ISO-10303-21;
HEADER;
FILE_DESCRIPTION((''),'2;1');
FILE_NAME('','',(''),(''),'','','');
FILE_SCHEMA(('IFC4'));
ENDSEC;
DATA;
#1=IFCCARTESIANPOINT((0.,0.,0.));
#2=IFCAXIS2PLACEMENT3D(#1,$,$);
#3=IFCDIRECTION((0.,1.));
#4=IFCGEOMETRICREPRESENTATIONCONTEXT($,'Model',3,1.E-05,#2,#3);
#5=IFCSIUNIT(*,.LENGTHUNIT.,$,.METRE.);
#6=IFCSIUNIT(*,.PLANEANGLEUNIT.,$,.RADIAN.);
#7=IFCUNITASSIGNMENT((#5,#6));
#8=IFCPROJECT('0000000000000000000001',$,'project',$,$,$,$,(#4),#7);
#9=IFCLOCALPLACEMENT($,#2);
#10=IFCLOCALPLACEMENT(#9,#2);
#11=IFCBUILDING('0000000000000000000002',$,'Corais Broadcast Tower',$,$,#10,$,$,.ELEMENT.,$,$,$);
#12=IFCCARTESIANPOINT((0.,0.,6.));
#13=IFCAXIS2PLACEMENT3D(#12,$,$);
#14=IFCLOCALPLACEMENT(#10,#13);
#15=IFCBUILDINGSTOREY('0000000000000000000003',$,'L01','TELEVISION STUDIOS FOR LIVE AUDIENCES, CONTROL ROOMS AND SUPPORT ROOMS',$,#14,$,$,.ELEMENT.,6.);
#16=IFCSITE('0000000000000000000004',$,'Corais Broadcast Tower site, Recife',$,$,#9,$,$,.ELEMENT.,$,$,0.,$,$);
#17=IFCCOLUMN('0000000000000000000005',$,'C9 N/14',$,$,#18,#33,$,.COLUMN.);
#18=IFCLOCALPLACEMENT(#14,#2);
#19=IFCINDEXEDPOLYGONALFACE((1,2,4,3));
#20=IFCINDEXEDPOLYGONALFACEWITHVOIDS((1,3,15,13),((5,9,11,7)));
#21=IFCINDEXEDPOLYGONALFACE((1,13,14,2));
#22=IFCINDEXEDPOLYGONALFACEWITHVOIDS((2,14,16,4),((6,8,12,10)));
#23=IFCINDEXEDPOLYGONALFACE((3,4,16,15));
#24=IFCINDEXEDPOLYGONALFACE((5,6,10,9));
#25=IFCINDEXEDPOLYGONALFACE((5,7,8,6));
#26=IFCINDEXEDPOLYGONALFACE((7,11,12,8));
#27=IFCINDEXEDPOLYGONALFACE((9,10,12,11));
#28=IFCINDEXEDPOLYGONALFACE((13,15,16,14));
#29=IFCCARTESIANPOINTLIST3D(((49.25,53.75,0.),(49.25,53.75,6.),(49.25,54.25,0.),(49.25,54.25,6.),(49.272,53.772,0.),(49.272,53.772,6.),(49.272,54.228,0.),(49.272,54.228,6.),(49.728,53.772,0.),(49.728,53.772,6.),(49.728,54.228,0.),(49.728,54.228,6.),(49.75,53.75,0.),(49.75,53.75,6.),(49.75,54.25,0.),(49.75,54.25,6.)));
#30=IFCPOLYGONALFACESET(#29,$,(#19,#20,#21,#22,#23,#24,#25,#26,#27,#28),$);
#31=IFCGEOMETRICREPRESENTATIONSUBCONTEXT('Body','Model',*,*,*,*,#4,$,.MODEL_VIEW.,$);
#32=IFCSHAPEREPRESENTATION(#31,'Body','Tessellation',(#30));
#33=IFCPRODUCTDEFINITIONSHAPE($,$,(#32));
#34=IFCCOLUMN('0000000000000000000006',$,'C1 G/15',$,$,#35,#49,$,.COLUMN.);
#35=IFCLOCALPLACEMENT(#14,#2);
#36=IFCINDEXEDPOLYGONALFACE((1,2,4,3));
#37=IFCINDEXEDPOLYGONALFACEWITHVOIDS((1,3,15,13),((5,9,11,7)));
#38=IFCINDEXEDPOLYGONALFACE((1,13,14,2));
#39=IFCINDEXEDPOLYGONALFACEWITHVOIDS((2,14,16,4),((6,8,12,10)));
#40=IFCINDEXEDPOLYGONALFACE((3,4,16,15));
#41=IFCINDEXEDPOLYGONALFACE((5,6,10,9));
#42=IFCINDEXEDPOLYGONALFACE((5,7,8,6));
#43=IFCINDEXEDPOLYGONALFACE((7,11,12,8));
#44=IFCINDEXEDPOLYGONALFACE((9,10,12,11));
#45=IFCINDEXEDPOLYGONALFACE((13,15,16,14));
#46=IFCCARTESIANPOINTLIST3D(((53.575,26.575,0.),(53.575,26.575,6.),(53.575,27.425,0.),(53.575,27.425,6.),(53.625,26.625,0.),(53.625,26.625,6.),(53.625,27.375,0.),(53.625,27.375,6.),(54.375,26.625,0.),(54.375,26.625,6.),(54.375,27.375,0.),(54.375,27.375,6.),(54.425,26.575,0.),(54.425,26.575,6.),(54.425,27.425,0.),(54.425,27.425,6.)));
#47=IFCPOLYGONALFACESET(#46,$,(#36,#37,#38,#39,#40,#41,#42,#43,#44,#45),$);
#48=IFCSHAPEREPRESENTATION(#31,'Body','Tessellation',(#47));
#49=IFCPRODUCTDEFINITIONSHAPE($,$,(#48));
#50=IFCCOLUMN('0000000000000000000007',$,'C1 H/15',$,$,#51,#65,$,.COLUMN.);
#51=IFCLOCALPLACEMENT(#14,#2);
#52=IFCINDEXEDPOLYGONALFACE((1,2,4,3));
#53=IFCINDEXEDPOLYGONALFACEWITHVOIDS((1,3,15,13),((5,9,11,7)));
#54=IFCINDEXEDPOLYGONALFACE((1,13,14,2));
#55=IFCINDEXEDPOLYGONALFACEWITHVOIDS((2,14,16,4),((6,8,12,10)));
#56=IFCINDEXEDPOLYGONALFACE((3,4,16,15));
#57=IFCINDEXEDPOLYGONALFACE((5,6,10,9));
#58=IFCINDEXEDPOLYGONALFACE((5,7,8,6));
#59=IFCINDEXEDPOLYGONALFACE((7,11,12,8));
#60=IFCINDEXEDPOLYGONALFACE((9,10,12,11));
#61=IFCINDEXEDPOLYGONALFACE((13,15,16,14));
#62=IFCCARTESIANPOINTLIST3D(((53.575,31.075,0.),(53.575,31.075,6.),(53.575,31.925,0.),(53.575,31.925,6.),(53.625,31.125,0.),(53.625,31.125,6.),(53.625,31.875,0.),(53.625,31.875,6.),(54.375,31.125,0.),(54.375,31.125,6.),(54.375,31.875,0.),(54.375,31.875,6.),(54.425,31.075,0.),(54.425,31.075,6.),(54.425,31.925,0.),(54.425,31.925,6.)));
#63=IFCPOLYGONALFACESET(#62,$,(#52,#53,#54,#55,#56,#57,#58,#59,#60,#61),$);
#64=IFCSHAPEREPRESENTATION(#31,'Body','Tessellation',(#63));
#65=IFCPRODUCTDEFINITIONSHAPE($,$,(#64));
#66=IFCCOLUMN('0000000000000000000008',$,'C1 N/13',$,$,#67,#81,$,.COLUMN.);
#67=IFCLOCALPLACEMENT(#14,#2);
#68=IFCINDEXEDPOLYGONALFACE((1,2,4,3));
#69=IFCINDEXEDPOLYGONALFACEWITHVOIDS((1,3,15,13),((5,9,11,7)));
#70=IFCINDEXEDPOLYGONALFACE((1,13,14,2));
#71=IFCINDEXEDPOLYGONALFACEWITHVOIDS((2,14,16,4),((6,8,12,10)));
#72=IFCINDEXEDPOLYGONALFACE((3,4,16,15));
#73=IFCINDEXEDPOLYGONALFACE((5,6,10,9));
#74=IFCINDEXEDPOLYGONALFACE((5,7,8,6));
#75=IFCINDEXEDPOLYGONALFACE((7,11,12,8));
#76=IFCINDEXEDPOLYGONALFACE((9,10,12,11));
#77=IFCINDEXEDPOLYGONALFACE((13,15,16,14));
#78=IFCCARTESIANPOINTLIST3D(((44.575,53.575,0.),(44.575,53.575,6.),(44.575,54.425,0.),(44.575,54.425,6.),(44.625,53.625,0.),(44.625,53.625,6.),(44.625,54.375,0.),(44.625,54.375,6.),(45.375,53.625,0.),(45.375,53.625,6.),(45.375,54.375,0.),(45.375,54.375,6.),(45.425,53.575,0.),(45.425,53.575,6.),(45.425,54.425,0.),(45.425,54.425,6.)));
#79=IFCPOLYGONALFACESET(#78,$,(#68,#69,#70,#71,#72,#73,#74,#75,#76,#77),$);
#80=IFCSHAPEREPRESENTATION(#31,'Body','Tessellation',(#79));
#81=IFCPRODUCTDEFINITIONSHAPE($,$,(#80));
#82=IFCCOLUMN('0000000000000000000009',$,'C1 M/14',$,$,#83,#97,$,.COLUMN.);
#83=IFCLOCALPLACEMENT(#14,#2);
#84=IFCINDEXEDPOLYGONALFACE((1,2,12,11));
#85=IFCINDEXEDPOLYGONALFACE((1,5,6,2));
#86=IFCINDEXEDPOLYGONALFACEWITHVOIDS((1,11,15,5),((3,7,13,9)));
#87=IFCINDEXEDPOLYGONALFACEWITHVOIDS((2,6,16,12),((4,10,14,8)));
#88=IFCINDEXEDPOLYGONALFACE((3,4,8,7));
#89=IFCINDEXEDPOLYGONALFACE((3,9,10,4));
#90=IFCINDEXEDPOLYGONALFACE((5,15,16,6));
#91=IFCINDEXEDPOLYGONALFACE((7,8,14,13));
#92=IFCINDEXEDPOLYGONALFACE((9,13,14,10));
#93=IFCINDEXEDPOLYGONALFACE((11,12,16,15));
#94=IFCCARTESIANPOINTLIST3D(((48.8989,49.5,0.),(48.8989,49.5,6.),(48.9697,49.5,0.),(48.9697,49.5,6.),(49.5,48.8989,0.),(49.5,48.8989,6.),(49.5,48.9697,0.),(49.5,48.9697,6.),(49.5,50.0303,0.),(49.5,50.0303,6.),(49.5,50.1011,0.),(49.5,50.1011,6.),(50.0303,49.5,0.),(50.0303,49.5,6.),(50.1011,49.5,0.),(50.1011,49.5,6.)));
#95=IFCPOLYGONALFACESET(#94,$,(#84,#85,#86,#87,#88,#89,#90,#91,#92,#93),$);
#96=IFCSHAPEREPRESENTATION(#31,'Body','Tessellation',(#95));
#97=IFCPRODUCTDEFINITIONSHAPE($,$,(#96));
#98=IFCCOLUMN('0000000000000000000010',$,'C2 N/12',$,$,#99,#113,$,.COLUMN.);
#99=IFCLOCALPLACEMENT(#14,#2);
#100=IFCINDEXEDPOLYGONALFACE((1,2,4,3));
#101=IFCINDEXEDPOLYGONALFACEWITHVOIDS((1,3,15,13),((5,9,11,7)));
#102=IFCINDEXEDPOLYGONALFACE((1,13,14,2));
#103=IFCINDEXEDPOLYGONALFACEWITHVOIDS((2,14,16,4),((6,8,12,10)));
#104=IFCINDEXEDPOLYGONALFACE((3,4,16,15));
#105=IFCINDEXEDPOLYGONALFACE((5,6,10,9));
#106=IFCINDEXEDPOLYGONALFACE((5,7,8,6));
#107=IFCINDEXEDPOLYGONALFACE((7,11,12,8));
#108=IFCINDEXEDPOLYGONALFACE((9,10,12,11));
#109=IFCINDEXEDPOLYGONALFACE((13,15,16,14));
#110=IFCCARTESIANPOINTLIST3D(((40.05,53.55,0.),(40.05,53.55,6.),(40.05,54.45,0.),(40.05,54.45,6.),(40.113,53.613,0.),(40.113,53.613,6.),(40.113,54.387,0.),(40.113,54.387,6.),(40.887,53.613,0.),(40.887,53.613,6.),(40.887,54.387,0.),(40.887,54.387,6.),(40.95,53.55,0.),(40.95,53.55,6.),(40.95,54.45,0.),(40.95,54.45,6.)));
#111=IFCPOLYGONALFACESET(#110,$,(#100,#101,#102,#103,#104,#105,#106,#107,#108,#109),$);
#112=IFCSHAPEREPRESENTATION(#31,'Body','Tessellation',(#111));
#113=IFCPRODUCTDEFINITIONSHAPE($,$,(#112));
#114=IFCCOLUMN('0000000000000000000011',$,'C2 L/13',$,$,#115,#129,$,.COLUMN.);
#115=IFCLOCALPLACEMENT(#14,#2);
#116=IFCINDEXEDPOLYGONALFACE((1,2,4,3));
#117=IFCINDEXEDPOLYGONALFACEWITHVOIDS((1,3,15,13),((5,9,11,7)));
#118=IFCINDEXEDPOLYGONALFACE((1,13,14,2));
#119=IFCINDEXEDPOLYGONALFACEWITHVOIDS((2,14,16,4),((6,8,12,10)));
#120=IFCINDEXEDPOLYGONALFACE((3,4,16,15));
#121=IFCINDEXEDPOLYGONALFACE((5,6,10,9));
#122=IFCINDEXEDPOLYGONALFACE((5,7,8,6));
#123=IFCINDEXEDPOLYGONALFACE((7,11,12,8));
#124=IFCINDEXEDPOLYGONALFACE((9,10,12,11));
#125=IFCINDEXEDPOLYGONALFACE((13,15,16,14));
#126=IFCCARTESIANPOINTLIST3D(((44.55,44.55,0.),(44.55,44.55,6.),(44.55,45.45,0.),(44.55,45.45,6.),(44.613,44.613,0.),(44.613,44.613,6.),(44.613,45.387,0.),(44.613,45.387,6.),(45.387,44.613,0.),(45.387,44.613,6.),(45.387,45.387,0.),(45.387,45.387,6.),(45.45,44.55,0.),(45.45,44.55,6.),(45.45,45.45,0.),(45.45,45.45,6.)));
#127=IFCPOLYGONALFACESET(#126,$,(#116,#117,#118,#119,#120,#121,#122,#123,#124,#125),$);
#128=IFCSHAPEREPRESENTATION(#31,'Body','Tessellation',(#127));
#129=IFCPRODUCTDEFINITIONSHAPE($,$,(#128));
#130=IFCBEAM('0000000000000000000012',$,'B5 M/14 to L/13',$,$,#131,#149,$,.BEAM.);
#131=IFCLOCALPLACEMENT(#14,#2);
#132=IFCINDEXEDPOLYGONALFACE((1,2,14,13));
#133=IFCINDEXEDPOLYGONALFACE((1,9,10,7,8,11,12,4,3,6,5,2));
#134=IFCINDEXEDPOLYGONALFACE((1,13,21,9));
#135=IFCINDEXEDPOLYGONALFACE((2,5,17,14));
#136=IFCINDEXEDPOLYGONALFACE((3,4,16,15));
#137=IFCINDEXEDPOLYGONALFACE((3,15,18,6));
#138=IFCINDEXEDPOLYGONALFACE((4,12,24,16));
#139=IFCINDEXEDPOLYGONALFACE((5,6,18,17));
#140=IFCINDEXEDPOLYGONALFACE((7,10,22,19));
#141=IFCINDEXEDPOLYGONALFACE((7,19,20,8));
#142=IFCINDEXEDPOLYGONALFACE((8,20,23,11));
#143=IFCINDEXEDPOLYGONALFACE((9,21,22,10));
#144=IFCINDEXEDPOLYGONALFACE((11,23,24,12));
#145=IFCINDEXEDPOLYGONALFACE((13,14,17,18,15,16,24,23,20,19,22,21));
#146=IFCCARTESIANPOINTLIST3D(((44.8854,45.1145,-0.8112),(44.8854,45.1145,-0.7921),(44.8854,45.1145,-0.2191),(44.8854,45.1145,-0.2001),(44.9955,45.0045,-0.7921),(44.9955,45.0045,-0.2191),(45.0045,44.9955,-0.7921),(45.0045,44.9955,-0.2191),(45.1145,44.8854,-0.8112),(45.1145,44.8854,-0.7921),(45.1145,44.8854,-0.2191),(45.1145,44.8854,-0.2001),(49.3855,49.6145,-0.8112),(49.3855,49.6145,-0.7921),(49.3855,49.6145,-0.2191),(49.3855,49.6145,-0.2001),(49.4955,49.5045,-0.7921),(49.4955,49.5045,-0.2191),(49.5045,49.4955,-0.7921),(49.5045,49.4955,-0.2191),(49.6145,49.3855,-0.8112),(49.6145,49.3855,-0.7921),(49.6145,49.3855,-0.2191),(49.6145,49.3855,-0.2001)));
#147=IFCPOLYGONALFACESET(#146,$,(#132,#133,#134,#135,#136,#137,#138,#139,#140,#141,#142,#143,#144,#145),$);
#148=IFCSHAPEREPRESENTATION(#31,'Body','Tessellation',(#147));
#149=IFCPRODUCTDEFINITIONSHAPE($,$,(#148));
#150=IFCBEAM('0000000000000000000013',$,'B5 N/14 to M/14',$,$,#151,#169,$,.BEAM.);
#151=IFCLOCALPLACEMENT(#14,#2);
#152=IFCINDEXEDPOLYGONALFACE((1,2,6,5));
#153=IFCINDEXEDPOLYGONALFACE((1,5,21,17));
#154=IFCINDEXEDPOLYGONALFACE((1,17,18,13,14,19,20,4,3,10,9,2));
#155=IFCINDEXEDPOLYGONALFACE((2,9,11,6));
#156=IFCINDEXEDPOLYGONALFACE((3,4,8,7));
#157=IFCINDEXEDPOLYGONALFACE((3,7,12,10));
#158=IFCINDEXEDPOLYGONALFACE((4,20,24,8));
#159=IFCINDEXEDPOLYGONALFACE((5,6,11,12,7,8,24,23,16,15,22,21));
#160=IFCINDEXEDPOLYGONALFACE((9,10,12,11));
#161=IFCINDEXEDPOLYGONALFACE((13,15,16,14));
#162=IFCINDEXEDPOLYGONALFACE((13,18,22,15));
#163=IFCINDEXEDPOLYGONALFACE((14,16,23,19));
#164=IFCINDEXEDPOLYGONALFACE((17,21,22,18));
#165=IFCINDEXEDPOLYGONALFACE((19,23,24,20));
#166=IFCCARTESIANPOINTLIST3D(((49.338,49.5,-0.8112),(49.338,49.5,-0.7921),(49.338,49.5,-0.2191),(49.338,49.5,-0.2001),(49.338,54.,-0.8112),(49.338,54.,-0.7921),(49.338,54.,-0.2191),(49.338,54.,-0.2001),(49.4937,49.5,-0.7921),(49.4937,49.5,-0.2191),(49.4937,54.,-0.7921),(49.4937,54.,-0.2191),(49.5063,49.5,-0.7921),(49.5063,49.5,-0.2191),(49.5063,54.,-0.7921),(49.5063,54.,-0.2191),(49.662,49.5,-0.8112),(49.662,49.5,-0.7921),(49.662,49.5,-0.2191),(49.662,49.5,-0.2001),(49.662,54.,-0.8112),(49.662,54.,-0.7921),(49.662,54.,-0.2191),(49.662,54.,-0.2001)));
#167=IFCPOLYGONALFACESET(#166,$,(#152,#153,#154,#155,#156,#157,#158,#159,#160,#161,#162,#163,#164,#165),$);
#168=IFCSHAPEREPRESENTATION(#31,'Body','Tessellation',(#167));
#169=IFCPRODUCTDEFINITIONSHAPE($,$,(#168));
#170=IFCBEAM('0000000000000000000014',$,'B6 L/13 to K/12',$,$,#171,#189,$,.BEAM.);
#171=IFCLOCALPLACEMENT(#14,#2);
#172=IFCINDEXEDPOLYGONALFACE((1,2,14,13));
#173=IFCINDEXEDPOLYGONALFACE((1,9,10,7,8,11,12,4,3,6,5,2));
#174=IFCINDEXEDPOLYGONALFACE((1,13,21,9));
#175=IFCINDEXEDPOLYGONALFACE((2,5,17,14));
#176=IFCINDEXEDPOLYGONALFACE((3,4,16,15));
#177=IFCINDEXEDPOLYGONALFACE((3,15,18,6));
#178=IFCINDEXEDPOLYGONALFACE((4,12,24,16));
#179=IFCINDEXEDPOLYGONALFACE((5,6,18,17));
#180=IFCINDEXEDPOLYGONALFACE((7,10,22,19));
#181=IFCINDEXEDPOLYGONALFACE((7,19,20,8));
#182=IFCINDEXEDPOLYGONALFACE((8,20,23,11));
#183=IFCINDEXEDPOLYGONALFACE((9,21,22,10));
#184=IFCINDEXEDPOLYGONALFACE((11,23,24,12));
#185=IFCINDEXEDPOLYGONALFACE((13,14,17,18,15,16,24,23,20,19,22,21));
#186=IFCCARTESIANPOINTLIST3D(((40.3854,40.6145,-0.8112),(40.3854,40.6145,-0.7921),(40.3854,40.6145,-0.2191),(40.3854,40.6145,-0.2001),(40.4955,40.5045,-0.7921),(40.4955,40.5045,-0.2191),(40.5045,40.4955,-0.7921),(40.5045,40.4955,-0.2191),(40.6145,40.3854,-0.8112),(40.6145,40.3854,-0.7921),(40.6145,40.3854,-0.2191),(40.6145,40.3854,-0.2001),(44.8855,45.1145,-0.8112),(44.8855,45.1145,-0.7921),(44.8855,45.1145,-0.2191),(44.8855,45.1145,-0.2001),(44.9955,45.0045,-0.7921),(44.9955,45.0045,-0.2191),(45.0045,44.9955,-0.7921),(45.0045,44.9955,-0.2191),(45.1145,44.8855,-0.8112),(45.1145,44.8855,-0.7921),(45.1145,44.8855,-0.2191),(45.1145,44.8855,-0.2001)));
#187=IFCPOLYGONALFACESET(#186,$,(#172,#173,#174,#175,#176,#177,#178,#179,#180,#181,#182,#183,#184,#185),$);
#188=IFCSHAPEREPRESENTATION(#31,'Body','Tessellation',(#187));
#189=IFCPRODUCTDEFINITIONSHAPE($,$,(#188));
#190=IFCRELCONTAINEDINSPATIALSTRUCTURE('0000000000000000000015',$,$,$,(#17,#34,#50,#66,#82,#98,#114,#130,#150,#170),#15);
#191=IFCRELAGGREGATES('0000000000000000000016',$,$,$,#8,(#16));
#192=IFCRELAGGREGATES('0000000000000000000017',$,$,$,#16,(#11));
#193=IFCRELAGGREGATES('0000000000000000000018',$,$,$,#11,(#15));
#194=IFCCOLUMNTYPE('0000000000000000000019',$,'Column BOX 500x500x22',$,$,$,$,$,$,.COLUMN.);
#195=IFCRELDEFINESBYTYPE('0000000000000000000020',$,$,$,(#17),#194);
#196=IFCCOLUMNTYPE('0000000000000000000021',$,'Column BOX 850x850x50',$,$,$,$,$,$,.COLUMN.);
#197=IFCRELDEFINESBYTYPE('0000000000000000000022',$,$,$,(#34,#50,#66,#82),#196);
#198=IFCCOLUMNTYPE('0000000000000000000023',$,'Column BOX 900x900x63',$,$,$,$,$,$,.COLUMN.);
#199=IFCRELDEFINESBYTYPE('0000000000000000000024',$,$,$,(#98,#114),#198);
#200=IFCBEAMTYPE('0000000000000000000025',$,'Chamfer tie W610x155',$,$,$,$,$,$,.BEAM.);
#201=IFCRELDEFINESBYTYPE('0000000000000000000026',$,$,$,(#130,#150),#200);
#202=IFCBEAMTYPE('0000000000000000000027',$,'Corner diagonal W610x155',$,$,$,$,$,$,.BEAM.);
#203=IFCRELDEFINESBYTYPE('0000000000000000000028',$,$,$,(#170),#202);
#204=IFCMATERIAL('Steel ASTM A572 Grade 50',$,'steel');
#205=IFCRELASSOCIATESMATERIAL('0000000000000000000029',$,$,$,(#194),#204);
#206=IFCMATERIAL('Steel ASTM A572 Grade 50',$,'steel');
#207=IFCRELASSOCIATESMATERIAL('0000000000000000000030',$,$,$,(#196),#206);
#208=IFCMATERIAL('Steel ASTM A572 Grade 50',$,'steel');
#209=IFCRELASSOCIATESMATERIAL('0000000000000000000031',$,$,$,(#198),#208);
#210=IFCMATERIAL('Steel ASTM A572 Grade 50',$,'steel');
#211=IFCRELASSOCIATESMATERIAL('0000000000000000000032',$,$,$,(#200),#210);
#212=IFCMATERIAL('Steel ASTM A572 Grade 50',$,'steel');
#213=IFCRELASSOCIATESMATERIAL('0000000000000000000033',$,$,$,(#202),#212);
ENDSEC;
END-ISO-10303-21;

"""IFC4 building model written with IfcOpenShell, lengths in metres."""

from ifc_helpers import new_model, si_unit, direction, frame, origin, origin_2d, place, context, subcontext, project, spatial, hollow_rectangle, i_section, extrude, material, material_profile, profile_set, type_object, element, save


model = new_model("IFC4")

# Units and contexts
model_context = context("Model", 3, precision=1e-05, world=origin(), true_north=direction((0.0, 1.0)))
body_context = subcontext(model_context, "Body", "Model", "MODEL_VIEW")
ifc_project = project(units=[si_unit("LENGTHUNIT", "METRE"), si_unit("PLANEANGLEUNIT", "RADIAN")], contexts=[model_context])

# Site, building, storey
site_placement = place(None, origin())
site = spatial("IfcSite", under=ifc_project, at=site_placement, Name="Corais Broadcast Tower site, Recife", CompositionType="ELEMENT", RefElevation=0.0)
building_placement = place(site_placement, origin())
building = spatial("IfcBuilding", under=site, at=building_placement, Name="Corais Broadcast Tower", CompositionType="ELEMENT")
storey_placement = place(building_placement, frame((0.0, 0.0, 6.0)))
storey = spatial("IfcBuildingStorey", under=building, at=storey_placement, Name="L01", Description="TELEVISION STUDIOS FOR LIVE AUDIENCES, CONTROL ROOMS AND SUPPORT ROOMS", CompositionType="ELEMENT", Elevation=6.0)

# Columns
ifc_material_1 = material(Name="Steel ASTM A572 Grade 50", Category="steel")
ifc_material_profile_1 = material_profile(ifc_material_1, hollow_rectangle(XDim=0.5, YDim=0.5, WallThickness=0.022, at=origin_2d()), Name="BOX 500x500x22")
ifc_profile_set_1 = profile_set([ifc_material_profile_1], Name="Steel ASTM A572 Grade 50")
column_type_1 = type_object("IfcColumnType", Name="Column BOX 500x500x22", PredefinedType="COLUMN", material=ifc_profile_set_1)
column_placement = place(storey_placement, frame((49.5, 54.0, 0.0), z_axis=(0.0, 0.0, 1.0), x_axis=(1.0, 0.0, 0.0)))
element("IfcColumn", 1, at=column_placement, inside=storey, type_object=column_type_1, Name="C9 N/14", PredefinedType="COLUMN", context=body_context, shape_type="SweptSolid", body=[
    extrude(hollow_rectangle(XDim=0.5, YDim=0.5, WallThickness=0.022, at=origin_2d()), origin(), (0.0, 0.0, 1.0), 6.0),
])
ifc_material_2 = material(Name="Steel ASTM A572 Grade 50", Category="steel")
ifc_material_profile_2 = material_profile(ifc_material_2, hollow_rectangle(XDim=0.8501, YDim=0.8501, WallThickness=0.05, at=origin_2d()), Name="BOX 850x850x50")
ifc_profile_set_2 = profile_set([ifc_material_profile_2], Name="Steel ASTM A572 Grade 50")
column_type_2 = type_object("IfcColumnType", Name="Column BOX 850x850x50", PredefinedType="COLUMN", material=ifc_profile_set_2)
for number, where, z_axis, x_axis, name in (
    (2, (54.0, 27.0, 0.0), (0.0, 0.0, 1.0), (1.0, 0.0, 0.0), "C1 G/15"),
    (3, (54.0, 31.5, 0.0), (0.0, 0.0, 1.0), (1.0, 0.0, 0.0), "C1 H/15"),
    (4, (45.0, 54.0, 0.0), (0.0, 0.0, 1.0), (1.0, 0.0, 0.0), "C1 N/13"),
    (5, (49.5, 49.5, 0.0), (0.0, 0.0, 1.0), (0.707107, 0.707107, 0.0), "C1 M/14"),
):
    element("IfcColumn", number, at=place(storey_placement, frame(where, z_axis=z_axis, x_axis=x_axis)), inside=storey, type_object=column_type_2, Name=name, PredefinedType="COLUMN", context=body_context, shape_type="SweptSolid", body=[
        extrude(hollow_rectangle(XDim=0.8501, YDim=0.8501, WallThickness=0.05, at=origin_2d()), origin(), (0.0, 0.0, 1.0), 6.0),
    ])
ifc_material_3 = material(Name="Steel ASTM A572 Grade 50", Category="steel")
ifc_material_profile_3 = material_profile(ifc_material_3, hollow_rectangle(XDim=0.8999, YDim=0.8999, WallThickness=0.063, at=origin_2d()), Name="BOX 900x900x63")
ifc_profile_set_3 = profile_set([ifc_material_profile_3], Name="Steel ASTM A572 Grade 50")
column_type_3 = type_object("IfcColumnType", Name="Column BOX 900x900x63", PredefinedType="COLUMN", material=ifc_profile_set_3)
for number, where, z_axis, x_axis, name in (
    (6, (40.5, 54.0, 0.0), (0.0, 0.0, 1.0), (1.0, 0.0, 0.0), "C2 N/12"),
    (7, (45.0, 45.0, 0.0), (0.0, 0.0, 1.0), (1.0, 0.0, 0.0), "C2 L/13"),
):
    element("IfcColumn", number, at=place(storey_placement, frame(where, z_axis=z_axis, x_axis=x_axis)), inside=storey, type_object=column_type_3, Name=name, PredefinedType="COLUMN", context=body_context, shape_type="SweptSolid", body=[
        extrude(hollow_rectangle(XDim=0.8999, YDim=0.8999, WallThickness=0.063, at=origin_2d()), origin(), (0.0, 0.0, 1.0), 6.0),
    ])

# Beams
ifc_material_4 = material(Name="Steel ASTM A572 Grade 50", Category="steel")
ifc_material_profile_4 = material_profile(ifc_material_4, i_section(OverallWidth=0.324, OverallDepth=0.6111, WebThickness=0.0127, FlangeThickness=0.019, at=origin_2d()), Name="W610x155")
ifc_profile_set_4 = profile_set([ifc_material_profile_4], Name="Steel ASTM A572 Grade 50")
beam_type_1 = type_object("IfcBeamType", Name="Chamfer tie W610x155", PredefinedType="BEAM", material=ifc_profile_set_4)
beam_1_placement = place(storey_placement, frame((49.5, 49.5, -0.5056), z_axis=(-0.707107, -0.707107, 0.0), x_axis=(0.707107, -0.707107, 0.0)))
element("IfcBeam", 8, at=beam_1_placement, inside=storey, type_object=beam_type_1, Name="B5 M/14 to L/13", PredefinedType="BEAM", context=body_context, shape_type="SweptSolid", body=[
    extrude(i_section(OverallWidth=0.324, OverallDepth=0.6111, WebThickness=0.0127, FlangeThickness=0.019, at=origin_2d()), origin(), (0.0, 0.0, 1.0), 6.364),
])
beam_2_placement = place(storey_placement, frame((49.5, 54.0, -0.5056), z_axis=(0.0, -1.0, 0.0), x_axis=(1.0, 0.0, 0.0)))
element("IfcBeam", 9, at=beam_2_placement, inside=storey, type_object=beam_type_1, Name="B5 N/14 to M/14", PredefinedType="BEAM", context=body_context, shape_type="SweptSolid", body=[
    extrude(i_section(OverallWidth=0.324, OverallDepth=0.6111, WebThickness=0.0127, FlangeThickness=0.019, at=origin_2d()), origin(), (0.0, 0.0, 1.0), 4.5),
])
ifc_material_5 = material(Name="Steel ASTM A572 Grade 50", Category="steel")
ifc_material_profile_5 = material_profile(ifc_material_5, i_section(OverallWidth=0.324, OverallDepth=0.6111, WebThickness=0.0127, FlangeThickness=0.019, at=origin_2d()), Name="W610x155")
ifc_profile_set_5 = profile_set([ifc_material_profile_5], Name="Steel ASTM A572 Grade 50")
beam_type_2 = type_object("IfcBeamType", Name="Corner diagonal W610x155", PredefinedType="BEAM", material=ifc_profile_set_5)
beam_3_placement = place(storey_placement, frame((45.0, 45.0, -0.5056), z_axis=(-0.707107, -0.707107, 0.0), x_axis=(0.707107, -0.707107, 0.0)))
element("IfcBeam", 10, at=beam_3_placement, inside=storey, type_object=beam_type_2, Name="B6 L/13 to K/12", PredefinedType="BEAM", context=body_context, shape_type="SweptSolid", body=[
    extrude(i_section(OverallWidth=0.324, OverallDepth=0.6111, WebThickness=0.0127, FlangeThickness=0.019, at=origin_2d()), origin(), (0.0, 0.0, 1.0), 6.364),
])

save(model, "model.ifc")
